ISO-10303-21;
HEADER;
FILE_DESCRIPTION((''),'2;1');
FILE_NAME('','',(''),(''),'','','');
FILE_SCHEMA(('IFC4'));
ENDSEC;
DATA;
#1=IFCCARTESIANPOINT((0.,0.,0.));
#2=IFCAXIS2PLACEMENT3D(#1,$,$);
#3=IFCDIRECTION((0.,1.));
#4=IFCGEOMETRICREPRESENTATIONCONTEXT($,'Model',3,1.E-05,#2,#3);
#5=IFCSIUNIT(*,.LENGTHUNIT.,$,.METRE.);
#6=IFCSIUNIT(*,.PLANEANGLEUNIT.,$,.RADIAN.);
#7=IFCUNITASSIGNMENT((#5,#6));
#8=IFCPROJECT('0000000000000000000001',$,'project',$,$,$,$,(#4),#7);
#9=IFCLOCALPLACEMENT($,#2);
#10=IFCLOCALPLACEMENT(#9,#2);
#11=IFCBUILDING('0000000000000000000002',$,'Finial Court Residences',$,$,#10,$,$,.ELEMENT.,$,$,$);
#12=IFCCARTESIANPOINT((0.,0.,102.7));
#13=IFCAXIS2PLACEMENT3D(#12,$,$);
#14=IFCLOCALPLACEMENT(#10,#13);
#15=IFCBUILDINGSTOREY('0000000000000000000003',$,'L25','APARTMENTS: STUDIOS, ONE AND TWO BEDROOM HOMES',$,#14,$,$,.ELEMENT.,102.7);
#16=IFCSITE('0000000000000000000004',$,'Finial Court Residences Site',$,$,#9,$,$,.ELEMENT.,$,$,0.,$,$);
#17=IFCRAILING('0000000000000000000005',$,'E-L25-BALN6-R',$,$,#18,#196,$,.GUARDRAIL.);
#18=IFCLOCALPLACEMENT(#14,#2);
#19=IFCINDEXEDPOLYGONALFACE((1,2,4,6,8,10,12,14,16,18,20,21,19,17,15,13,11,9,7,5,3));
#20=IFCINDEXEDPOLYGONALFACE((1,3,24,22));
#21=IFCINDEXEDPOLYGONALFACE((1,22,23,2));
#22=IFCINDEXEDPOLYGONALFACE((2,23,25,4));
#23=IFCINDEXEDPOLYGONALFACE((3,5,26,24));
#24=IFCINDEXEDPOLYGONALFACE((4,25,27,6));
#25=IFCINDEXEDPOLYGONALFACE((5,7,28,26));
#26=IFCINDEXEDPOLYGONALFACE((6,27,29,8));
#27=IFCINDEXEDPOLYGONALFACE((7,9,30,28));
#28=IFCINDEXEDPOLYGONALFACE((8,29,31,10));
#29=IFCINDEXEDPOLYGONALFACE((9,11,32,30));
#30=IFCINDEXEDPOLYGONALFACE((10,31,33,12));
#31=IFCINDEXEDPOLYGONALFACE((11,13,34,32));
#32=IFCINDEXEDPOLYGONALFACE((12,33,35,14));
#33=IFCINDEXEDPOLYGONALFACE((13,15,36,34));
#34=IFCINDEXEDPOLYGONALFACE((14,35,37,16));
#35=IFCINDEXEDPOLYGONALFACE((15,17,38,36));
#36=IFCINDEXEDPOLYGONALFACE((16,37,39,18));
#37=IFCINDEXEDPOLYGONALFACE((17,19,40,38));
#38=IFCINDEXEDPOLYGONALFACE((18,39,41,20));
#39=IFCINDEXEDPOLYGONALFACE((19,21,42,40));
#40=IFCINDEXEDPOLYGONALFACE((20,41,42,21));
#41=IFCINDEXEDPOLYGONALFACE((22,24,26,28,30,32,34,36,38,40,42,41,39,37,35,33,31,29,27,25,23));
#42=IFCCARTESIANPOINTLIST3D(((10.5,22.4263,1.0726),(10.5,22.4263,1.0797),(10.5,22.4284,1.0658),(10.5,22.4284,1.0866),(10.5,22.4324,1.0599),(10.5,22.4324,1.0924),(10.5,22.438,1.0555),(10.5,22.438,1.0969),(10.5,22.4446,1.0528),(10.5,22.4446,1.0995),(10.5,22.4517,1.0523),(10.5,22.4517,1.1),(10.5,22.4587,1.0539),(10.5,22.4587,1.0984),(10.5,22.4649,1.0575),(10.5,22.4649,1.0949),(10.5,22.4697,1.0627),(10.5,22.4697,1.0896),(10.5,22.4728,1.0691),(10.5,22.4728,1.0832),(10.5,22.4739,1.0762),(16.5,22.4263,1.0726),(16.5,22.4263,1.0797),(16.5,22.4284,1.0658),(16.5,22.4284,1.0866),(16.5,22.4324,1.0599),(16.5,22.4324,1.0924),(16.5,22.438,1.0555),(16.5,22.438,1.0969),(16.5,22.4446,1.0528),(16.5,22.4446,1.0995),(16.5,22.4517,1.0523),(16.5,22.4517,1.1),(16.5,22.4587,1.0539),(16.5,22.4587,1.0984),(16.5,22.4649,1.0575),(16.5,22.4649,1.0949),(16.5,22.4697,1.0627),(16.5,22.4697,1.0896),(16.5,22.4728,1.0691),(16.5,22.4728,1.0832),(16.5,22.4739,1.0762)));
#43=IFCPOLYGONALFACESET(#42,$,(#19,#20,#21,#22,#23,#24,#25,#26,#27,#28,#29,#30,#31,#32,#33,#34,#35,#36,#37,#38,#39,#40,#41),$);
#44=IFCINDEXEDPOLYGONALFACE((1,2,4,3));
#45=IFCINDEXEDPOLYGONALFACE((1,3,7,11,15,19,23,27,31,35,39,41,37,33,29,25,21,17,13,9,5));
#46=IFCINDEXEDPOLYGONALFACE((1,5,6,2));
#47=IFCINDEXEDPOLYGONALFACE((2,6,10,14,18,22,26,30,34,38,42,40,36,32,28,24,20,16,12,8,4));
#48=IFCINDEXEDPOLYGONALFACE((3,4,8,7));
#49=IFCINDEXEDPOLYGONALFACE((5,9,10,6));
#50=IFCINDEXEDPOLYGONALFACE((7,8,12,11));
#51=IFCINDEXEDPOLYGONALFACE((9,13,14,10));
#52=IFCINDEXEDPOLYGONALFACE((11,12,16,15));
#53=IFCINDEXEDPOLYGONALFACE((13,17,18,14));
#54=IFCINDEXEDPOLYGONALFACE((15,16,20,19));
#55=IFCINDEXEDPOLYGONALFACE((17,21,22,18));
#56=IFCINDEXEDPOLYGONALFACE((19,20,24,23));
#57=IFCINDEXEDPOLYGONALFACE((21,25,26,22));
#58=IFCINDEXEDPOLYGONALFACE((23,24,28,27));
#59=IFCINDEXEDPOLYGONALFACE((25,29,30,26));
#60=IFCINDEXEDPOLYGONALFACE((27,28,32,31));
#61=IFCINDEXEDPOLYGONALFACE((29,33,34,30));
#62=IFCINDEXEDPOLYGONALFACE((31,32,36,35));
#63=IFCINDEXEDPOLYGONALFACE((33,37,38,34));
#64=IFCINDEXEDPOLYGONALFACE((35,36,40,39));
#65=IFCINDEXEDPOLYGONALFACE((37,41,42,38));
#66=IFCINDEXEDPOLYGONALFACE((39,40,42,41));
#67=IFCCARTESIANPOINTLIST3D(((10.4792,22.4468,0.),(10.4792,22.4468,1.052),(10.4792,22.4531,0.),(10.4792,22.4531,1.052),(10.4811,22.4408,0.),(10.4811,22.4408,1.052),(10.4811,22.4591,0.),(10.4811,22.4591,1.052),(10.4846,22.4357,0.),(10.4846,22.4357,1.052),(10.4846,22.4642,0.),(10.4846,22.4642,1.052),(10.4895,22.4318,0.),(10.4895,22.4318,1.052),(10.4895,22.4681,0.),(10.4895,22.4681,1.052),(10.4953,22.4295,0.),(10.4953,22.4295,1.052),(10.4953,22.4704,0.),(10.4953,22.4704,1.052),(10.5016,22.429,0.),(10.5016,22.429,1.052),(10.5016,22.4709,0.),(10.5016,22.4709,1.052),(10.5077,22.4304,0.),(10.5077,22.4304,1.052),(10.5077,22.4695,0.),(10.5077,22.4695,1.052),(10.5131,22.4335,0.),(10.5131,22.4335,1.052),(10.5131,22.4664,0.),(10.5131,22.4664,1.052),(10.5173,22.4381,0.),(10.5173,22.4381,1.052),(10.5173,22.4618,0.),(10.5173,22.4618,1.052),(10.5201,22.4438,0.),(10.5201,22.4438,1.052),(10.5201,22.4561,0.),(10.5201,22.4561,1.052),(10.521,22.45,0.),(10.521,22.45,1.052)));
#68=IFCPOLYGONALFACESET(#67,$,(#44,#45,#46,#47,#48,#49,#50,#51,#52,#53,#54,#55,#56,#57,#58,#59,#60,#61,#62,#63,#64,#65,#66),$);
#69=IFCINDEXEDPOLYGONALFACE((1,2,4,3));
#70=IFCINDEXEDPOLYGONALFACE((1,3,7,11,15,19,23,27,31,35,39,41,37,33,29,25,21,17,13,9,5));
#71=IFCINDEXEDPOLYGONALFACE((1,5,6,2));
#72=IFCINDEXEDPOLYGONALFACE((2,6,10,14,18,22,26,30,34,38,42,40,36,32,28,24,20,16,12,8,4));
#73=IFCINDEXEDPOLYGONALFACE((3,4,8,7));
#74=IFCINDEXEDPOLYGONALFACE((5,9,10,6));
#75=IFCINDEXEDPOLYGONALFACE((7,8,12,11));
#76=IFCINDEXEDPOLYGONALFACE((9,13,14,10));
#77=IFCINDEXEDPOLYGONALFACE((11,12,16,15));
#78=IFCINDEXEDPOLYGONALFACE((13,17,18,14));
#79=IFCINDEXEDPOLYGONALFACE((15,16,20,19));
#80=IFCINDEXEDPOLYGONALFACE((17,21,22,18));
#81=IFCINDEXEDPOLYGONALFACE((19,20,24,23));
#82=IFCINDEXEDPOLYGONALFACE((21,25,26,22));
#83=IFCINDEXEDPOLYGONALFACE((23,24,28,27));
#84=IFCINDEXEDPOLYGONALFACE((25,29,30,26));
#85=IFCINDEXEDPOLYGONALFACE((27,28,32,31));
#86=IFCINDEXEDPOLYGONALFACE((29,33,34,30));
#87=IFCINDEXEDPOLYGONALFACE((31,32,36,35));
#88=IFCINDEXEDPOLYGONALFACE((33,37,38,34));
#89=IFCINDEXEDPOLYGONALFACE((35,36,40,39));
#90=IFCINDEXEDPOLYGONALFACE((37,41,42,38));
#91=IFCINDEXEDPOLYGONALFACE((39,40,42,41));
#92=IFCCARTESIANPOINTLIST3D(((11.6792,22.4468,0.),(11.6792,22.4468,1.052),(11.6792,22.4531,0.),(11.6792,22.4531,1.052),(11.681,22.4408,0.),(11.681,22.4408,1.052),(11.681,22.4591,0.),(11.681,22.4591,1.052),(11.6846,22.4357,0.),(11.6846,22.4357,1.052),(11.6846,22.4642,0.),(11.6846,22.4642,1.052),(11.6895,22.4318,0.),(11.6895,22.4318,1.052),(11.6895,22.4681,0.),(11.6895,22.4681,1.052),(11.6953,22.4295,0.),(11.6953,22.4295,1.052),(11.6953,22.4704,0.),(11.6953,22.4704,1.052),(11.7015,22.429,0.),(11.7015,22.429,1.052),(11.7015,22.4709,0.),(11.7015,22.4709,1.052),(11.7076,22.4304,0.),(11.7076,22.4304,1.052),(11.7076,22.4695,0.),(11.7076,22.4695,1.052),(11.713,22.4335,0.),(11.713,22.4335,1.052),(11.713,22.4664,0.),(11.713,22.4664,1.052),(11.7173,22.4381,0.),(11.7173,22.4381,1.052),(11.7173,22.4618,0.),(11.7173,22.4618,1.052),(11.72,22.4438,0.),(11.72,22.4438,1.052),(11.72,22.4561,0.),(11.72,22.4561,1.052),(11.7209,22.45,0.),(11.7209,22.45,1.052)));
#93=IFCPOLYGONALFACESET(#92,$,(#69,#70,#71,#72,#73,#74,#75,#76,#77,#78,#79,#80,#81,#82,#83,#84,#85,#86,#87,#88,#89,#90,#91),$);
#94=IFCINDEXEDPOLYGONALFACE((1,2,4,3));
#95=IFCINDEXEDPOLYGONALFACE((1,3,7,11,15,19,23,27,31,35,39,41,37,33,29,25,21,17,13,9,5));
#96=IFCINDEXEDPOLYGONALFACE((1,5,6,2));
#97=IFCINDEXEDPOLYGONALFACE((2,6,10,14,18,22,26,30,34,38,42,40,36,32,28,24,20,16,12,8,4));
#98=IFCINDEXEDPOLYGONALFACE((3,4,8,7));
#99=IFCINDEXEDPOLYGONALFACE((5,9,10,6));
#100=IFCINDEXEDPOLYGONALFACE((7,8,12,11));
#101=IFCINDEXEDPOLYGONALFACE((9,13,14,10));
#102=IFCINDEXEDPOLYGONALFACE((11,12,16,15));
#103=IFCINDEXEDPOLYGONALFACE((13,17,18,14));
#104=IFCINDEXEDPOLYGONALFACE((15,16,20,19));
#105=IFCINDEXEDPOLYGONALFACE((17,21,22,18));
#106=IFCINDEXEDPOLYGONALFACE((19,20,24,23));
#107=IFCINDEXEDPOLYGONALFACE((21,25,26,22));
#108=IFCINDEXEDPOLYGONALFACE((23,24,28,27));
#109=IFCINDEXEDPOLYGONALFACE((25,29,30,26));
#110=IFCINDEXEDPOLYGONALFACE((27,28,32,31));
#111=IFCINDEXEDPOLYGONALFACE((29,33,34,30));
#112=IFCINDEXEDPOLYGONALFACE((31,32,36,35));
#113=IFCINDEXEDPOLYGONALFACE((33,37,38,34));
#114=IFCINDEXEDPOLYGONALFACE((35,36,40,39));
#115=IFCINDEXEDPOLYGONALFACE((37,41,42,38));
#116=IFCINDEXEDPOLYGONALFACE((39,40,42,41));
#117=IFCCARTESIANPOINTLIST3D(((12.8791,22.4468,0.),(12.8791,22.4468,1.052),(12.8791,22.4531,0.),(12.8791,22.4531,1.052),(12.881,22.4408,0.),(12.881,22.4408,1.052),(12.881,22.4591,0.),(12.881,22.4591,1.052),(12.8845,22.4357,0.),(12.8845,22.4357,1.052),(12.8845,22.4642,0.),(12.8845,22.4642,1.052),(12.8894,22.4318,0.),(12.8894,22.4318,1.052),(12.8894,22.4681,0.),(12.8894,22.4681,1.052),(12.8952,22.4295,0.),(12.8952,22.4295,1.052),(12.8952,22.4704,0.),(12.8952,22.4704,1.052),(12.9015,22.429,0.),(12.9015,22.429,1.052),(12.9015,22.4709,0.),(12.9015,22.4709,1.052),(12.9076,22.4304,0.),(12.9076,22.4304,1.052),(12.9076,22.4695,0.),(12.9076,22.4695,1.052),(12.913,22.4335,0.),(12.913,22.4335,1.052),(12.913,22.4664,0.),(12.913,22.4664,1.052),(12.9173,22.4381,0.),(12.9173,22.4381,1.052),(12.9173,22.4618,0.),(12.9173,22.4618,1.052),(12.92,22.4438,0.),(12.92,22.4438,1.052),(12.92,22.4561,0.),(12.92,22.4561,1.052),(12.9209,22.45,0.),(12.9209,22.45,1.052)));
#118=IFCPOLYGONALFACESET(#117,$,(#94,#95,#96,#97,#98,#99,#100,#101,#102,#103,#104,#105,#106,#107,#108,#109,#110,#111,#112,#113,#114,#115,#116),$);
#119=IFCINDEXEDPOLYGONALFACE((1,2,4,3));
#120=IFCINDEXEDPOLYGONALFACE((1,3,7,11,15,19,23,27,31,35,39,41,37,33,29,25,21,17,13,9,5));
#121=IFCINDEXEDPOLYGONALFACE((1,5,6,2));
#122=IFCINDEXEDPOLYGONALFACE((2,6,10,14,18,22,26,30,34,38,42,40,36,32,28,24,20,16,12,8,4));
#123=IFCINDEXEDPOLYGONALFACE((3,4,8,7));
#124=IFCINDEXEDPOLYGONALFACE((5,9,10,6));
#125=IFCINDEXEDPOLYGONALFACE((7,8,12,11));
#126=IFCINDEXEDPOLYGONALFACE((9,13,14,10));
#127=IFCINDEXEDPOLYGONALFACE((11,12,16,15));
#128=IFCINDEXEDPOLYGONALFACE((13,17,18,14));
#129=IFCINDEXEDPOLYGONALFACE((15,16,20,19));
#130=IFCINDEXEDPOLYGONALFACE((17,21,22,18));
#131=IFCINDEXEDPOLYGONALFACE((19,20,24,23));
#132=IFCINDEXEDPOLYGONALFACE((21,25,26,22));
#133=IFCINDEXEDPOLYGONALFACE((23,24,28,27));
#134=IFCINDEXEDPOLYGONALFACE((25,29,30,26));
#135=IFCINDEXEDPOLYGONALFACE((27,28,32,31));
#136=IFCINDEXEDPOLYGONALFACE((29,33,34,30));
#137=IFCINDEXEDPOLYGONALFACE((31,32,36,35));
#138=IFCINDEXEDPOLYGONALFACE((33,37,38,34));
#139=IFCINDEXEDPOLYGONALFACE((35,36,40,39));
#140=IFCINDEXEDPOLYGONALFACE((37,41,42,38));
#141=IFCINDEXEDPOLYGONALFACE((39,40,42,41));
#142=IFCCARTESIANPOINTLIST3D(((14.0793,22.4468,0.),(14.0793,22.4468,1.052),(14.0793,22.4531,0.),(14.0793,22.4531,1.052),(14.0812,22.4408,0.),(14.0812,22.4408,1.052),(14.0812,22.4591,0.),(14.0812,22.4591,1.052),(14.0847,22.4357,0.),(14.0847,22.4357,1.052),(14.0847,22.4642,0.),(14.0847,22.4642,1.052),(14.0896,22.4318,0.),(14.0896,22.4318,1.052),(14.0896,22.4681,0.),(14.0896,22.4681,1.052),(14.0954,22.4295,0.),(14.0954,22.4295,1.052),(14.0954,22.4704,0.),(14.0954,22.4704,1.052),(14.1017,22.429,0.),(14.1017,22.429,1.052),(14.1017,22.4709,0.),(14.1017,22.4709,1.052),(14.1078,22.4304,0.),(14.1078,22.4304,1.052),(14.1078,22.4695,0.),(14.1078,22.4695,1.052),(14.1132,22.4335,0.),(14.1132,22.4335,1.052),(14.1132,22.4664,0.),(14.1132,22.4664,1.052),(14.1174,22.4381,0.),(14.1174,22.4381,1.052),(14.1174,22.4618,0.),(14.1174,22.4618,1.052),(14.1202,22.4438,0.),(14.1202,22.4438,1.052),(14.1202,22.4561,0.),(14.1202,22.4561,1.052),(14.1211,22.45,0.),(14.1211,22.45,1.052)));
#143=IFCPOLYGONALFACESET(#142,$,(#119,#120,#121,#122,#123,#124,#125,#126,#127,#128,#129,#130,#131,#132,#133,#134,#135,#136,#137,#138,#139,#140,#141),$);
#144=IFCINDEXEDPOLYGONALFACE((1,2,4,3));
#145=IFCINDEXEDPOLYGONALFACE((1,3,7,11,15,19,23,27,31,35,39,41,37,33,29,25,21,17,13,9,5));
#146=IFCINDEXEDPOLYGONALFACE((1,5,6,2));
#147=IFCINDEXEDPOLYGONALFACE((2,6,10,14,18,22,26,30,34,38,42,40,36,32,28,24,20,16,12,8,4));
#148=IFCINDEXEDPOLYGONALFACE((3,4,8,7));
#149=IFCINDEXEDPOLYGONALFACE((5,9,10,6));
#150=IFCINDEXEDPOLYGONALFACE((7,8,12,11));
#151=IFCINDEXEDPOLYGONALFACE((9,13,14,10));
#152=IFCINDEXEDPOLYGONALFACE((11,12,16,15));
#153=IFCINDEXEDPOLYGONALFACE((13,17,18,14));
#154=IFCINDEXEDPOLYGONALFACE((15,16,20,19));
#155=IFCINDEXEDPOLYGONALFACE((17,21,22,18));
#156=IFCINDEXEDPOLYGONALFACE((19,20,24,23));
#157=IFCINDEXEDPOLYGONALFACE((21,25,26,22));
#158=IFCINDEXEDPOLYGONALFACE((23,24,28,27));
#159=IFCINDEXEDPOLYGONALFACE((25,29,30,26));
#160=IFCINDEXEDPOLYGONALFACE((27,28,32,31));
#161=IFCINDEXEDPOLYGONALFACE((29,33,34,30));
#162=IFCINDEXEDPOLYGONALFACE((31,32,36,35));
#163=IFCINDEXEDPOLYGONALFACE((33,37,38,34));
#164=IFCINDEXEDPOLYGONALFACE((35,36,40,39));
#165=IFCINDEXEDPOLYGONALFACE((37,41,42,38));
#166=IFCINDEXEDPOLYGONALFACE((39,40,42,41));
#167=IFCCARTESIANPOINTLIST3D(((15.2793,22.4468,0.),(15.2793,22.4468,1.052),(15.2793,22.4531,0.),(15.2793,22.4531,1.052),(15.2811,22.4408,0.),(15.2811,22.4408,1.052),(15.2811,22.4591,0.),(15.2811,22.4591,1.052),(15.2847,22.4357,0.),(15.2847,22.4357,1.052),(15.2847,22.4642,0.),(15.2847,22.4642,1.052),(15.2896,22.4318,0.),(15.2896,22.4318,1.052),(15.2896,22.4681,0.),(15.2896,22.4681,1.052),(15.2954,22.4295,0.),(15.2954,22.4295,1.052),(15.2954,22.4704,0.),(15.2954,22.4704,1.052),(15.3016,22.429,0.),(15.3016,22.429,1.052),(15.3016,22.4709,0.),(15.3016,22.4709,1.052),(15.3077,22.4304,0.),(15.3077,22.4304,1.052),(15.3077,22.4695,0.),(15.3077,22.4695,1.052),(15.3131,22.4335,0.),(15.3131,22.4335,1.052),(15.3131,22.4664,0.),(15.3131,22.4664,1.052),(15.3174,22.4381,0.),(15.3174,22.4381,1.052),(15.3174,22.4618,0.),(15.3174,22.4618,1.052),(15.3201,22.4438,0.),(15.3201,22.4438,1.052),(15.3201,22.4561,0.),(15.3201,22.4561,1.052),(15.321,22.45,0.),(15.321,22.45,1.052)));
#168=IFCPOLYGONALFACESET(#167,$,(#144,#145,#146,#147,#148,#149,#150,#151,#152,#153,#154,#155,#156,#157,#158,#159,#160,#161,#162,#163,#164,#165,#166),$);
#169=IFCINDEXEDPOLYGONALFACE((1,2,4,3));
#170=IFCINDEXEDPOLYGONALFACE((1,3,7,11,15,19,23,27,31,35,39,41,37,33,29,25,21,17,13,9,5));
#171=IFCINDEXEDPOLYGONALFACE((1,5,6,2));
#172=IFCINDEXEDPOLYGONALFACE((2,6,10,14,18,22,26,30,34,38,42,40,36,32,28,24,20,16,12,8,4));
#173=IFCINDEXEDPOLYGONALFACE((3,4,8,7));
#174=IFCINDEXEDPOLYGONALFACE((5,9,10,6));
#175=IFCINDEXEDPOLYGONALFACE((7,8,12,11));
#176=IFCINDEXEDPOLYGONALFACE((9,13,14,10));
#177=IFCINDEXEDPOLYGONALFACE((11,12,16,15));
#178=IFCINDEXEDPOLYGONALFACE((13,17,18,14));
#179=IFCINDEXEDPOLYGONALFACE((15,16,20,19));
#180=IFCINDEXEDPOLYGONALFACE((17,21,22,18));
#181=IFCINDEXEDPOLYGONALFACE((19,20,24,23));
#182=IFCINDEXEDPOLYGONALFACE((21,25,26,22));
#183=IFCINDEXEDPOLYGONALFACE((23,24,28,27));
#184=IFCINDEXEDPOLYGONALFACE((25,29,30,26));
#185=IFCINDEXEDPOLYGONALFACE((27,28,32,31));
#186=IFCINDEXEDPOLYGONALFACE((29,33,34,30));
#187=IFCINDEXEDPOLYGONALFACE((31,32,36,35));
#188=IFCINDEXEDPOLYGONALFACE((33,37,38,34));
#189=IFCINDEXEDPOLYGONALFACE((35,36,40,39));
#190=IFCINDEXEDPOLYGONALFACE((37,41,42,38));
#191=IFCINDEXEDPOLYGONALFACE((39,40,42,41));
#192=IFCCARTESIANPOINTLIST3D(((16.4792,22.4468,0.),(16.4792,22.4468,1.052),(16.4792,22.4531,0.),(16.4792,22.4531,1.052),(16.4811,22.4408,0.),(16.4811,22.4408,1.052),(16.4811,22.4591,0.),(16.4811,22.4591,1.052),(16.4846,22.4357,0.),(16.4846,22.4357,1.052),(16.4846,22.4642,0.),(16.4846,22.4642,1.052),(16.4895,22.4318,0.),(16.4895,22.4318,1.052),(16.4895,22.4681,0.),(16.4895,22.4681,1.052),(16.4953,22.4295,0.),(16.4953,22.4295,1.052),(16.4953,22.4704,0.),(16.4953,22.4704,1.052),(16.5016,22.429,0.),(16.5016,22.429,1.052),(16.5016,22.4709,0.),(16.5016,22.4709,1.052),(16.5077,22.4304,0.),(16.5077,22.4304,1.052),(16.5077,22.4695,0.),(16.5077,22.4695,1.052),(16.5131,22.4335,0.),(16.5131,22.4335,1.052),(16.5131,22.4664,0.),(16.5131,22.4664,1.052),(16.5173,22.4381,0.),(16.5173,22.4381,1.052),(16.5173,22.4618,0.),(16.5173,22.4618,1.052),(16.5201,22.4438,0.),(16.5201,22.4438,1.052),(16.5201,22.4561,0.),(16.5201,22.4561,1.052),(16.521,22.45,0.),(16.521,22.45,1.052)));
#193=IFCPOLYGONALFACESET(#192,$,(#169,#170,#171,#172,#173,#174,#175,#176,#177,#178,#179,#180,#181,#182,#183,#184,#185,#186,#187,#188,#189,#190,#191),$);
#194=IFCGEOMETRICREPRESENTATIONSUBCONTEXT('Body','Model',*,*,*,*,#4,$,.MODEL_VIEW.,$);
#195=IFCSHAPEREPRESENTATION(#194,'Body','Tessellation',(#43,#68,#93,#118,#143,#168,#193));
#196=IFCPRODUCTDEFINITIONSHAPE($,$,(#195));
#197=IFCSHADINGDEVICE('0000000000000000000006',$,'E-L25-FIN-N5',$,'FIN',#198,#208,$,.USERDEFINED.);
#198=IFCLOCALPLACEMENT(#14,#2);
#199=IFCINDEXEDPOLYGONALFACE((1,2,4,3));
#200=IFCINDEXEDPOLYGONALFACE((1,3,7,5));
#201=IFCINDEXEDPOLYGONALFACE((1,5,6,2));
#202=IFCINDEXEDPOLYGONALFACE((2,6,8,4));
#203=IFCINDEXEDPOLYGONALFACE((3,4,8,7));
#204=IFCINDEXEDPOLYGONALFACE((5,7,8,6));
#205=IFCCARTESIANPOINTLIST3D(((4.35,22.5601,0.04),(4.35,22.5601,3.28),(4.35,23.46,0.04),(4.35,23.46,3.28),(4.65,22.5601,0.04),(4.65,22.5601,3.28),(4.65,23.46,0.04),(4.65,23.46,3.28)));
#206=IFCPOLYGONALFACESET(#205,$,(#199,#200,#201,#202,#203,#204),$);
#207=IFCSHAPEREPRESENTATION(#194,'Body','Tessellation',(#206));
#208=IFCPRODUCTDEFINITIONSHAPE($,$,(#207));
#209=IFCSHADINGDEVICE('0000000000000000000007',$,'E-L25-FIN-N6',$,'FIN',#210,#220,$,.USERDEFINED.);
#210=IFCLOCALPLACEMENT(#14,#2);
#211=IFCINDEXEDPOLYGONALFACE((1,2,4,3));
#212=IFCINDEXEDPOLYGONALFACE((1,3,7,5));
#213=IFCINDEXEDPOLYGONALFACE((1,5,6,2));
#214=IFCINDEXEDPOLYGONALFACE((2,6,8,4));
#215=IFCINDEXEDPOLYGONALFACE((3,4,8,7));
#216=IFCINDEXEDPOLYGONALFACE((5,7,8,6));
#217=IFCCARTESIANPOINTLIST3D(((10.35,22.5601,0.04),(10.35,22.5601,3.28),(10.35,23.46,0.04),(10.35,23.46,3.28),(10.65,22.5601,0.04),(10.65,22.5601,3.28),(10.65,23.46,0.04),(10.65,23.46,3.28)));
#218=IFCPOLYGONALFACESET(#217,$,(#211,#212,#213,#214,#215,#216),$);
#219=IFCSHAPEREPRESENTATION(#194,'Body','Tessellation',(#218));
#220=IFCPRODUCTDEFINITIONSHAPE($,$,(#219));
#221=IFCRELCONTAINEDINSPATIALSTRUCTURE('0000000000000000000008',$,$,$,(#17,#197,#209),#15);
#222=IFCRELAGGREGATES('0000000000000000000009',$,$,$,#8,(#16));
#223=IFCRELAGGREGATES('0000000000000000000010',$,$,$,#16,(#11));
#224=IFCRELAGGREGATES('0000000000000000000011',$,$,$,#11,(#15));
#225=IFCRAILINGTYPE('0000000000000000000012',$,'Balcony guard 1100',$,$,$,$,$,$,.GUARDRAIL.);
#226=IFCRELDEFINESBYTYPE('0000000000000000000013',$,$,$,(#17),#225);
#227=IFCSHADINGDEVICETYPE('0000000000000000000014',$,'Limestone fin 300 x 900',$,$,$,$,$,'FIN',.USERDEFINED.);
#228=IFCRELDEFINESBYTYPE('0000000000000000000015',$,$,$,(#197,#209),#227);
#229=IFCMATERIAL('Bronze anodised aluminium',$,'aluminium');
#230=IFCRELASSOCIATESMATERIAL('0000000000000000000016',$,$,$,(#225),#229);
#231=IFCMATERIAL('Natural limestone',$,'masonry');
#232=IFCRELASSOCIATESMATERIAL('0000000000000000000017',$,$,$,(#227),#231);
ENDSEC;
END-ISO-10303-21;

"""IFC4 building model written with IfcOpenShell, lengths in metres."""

from ifc_helpers import new_model, si_unit, direction, frame, origin, origin_2d, place, context, subcontext, project, spatial, rectangle, circle, extrude, material, type_object, element, save


model = new_model("IFC4")

# Units and contexts
model_context = context("Model", 3, precision=1e-05, world=origin(), true_north=direction((0.0, 1.0)))
body_context = subcontext(model_context, "Body", "Model", "MODEL_VIEW")
ifc_project = project(units=[si_unit("LENGTHUNIT", "METRE"), si_unit("PLANEANGLEUNIT", "RADIAN")], contexts=[model_context])

# Site, building, storey
site_placement = place(None, origin())
site = spatial("IfcSite", under=ifc_project, at=site_placement, Name="Finial Court Residences Site", CompositionType="ELEMENT", RefElevation=0.0)
building_placement = place(site_placement, origin())
building = spatial("IfcBuilding", under=site, at=building_placement, Name="Finial Court Residences", CompositionType="ELEMENT")
storey_placement = place(building_placement, frame((0.0, 0.0, 102.7)))
storey = spatial("IfcBuildingStorey", under=building, at=storey_placement, Name="L25", Description="APARTMENTS: STUDIOS, ONE AND TWO BEDROOM HOMES", CompositionType="ELEMENT", Elevation=102.7)

# Shared definitions
ifc_material_1 = material(Name="Bronze anodised aluminium", Category="aluminium")

# Shared definitions
ifc_material_2 = material(Name="Natural limestone", Category="masonry")

# Railing
railing_type = type_object("IfcRailingType", Name="Balcony guard 1100", PredefinedType="GUARDRAIL", material=ifc_material_1)
railing_placement = place(storey_placement, frame((10.5, 22.45, 0.0)))
element("IfcRailing", 1, at=railing_placement, inside=storey, type_object=railing_type, Name="E-L25-BALN6-R", PredefinedType="GUARDRAIL", context=body_context, shape_type="SweptSolid", body=[
    extrude(circle(Radius=0.0239, at=origin_2d()), frame((0.0, 0.0, 1.0762), z_axis=(1.0, 0.0, 0.0), x_axis=(0.0, 1.0, 0.0)), (0.0, 0.0, 1.0), 6.0),
    extrude(circle(Radius=0.021, at=origin_2d()), origin(), (0.0, 0.0, 1.0), 1.052),
    extrude(circle(Radius=0.021, at=origin_2d()), frame((1.2, 0.0, 0.0)), (0.0, 0.0, 1.0), 1.052),
    extrude(circle(Radius=0.021, at=origin_2d()), frame((2.3999, 0.0, 0.0)), (0.0, 0.0, 1.0), 1.052),
    extrude(circle(Radius=0.021, at=origin_2d()), frame((3.6001, 0.0, 0.0)), (0.0, 0.0, 1.0), 1.052),
    extrude(circle(Radius=0.021, at=origin_2d()), frame((4.8, 0.0, 0.0)), (0.0, 0.0, 1.0), 1.052),
    extrude(circle(Radius=0.021, at=origin_2d()), frame((6.0, 0.0, 0.0)), (0.0, 0.0, 1.0), 1.052),
])

# Shading devices
shading_device_type = type_object("IfcShadingDeviceType", Name="Limestone fin 300 x 900", ElementType="FIN", PredefinedType="USERDEFINED", material=ifc_material_2)
for number, where, z_axis, x_axis, name in (
    (2, (4.5, 23.01, 0.04), (0.0, 0.0, 1.0), (1.0, 0.0, 0.0), "E-L25-FIN-N5"),
    (3, (10.5, 23.01, 0.04), (0.0, 0.0, 1.0), (1.0, 0.0, 0.0), "E-L25-FIN-N6"),
):
    element("IfcShadingDevice", number, at=place(storey_placement, frame(where, z_axis=z_axis, x_axis=x_axis)), inside=storey, type_object=shading_device_type, Name=name, ObjectType="FIN", PredefinedType="USERDEFINED", context=body_context, shape_type="SweptSolid", body=[
        extrude(rectangle(XDim=0.3, YDim=0.8999, at=origin_2d()), origin(), (0.0, 0.0, 1.0), 3.24),
    ])

save(model, "model.ifc")
